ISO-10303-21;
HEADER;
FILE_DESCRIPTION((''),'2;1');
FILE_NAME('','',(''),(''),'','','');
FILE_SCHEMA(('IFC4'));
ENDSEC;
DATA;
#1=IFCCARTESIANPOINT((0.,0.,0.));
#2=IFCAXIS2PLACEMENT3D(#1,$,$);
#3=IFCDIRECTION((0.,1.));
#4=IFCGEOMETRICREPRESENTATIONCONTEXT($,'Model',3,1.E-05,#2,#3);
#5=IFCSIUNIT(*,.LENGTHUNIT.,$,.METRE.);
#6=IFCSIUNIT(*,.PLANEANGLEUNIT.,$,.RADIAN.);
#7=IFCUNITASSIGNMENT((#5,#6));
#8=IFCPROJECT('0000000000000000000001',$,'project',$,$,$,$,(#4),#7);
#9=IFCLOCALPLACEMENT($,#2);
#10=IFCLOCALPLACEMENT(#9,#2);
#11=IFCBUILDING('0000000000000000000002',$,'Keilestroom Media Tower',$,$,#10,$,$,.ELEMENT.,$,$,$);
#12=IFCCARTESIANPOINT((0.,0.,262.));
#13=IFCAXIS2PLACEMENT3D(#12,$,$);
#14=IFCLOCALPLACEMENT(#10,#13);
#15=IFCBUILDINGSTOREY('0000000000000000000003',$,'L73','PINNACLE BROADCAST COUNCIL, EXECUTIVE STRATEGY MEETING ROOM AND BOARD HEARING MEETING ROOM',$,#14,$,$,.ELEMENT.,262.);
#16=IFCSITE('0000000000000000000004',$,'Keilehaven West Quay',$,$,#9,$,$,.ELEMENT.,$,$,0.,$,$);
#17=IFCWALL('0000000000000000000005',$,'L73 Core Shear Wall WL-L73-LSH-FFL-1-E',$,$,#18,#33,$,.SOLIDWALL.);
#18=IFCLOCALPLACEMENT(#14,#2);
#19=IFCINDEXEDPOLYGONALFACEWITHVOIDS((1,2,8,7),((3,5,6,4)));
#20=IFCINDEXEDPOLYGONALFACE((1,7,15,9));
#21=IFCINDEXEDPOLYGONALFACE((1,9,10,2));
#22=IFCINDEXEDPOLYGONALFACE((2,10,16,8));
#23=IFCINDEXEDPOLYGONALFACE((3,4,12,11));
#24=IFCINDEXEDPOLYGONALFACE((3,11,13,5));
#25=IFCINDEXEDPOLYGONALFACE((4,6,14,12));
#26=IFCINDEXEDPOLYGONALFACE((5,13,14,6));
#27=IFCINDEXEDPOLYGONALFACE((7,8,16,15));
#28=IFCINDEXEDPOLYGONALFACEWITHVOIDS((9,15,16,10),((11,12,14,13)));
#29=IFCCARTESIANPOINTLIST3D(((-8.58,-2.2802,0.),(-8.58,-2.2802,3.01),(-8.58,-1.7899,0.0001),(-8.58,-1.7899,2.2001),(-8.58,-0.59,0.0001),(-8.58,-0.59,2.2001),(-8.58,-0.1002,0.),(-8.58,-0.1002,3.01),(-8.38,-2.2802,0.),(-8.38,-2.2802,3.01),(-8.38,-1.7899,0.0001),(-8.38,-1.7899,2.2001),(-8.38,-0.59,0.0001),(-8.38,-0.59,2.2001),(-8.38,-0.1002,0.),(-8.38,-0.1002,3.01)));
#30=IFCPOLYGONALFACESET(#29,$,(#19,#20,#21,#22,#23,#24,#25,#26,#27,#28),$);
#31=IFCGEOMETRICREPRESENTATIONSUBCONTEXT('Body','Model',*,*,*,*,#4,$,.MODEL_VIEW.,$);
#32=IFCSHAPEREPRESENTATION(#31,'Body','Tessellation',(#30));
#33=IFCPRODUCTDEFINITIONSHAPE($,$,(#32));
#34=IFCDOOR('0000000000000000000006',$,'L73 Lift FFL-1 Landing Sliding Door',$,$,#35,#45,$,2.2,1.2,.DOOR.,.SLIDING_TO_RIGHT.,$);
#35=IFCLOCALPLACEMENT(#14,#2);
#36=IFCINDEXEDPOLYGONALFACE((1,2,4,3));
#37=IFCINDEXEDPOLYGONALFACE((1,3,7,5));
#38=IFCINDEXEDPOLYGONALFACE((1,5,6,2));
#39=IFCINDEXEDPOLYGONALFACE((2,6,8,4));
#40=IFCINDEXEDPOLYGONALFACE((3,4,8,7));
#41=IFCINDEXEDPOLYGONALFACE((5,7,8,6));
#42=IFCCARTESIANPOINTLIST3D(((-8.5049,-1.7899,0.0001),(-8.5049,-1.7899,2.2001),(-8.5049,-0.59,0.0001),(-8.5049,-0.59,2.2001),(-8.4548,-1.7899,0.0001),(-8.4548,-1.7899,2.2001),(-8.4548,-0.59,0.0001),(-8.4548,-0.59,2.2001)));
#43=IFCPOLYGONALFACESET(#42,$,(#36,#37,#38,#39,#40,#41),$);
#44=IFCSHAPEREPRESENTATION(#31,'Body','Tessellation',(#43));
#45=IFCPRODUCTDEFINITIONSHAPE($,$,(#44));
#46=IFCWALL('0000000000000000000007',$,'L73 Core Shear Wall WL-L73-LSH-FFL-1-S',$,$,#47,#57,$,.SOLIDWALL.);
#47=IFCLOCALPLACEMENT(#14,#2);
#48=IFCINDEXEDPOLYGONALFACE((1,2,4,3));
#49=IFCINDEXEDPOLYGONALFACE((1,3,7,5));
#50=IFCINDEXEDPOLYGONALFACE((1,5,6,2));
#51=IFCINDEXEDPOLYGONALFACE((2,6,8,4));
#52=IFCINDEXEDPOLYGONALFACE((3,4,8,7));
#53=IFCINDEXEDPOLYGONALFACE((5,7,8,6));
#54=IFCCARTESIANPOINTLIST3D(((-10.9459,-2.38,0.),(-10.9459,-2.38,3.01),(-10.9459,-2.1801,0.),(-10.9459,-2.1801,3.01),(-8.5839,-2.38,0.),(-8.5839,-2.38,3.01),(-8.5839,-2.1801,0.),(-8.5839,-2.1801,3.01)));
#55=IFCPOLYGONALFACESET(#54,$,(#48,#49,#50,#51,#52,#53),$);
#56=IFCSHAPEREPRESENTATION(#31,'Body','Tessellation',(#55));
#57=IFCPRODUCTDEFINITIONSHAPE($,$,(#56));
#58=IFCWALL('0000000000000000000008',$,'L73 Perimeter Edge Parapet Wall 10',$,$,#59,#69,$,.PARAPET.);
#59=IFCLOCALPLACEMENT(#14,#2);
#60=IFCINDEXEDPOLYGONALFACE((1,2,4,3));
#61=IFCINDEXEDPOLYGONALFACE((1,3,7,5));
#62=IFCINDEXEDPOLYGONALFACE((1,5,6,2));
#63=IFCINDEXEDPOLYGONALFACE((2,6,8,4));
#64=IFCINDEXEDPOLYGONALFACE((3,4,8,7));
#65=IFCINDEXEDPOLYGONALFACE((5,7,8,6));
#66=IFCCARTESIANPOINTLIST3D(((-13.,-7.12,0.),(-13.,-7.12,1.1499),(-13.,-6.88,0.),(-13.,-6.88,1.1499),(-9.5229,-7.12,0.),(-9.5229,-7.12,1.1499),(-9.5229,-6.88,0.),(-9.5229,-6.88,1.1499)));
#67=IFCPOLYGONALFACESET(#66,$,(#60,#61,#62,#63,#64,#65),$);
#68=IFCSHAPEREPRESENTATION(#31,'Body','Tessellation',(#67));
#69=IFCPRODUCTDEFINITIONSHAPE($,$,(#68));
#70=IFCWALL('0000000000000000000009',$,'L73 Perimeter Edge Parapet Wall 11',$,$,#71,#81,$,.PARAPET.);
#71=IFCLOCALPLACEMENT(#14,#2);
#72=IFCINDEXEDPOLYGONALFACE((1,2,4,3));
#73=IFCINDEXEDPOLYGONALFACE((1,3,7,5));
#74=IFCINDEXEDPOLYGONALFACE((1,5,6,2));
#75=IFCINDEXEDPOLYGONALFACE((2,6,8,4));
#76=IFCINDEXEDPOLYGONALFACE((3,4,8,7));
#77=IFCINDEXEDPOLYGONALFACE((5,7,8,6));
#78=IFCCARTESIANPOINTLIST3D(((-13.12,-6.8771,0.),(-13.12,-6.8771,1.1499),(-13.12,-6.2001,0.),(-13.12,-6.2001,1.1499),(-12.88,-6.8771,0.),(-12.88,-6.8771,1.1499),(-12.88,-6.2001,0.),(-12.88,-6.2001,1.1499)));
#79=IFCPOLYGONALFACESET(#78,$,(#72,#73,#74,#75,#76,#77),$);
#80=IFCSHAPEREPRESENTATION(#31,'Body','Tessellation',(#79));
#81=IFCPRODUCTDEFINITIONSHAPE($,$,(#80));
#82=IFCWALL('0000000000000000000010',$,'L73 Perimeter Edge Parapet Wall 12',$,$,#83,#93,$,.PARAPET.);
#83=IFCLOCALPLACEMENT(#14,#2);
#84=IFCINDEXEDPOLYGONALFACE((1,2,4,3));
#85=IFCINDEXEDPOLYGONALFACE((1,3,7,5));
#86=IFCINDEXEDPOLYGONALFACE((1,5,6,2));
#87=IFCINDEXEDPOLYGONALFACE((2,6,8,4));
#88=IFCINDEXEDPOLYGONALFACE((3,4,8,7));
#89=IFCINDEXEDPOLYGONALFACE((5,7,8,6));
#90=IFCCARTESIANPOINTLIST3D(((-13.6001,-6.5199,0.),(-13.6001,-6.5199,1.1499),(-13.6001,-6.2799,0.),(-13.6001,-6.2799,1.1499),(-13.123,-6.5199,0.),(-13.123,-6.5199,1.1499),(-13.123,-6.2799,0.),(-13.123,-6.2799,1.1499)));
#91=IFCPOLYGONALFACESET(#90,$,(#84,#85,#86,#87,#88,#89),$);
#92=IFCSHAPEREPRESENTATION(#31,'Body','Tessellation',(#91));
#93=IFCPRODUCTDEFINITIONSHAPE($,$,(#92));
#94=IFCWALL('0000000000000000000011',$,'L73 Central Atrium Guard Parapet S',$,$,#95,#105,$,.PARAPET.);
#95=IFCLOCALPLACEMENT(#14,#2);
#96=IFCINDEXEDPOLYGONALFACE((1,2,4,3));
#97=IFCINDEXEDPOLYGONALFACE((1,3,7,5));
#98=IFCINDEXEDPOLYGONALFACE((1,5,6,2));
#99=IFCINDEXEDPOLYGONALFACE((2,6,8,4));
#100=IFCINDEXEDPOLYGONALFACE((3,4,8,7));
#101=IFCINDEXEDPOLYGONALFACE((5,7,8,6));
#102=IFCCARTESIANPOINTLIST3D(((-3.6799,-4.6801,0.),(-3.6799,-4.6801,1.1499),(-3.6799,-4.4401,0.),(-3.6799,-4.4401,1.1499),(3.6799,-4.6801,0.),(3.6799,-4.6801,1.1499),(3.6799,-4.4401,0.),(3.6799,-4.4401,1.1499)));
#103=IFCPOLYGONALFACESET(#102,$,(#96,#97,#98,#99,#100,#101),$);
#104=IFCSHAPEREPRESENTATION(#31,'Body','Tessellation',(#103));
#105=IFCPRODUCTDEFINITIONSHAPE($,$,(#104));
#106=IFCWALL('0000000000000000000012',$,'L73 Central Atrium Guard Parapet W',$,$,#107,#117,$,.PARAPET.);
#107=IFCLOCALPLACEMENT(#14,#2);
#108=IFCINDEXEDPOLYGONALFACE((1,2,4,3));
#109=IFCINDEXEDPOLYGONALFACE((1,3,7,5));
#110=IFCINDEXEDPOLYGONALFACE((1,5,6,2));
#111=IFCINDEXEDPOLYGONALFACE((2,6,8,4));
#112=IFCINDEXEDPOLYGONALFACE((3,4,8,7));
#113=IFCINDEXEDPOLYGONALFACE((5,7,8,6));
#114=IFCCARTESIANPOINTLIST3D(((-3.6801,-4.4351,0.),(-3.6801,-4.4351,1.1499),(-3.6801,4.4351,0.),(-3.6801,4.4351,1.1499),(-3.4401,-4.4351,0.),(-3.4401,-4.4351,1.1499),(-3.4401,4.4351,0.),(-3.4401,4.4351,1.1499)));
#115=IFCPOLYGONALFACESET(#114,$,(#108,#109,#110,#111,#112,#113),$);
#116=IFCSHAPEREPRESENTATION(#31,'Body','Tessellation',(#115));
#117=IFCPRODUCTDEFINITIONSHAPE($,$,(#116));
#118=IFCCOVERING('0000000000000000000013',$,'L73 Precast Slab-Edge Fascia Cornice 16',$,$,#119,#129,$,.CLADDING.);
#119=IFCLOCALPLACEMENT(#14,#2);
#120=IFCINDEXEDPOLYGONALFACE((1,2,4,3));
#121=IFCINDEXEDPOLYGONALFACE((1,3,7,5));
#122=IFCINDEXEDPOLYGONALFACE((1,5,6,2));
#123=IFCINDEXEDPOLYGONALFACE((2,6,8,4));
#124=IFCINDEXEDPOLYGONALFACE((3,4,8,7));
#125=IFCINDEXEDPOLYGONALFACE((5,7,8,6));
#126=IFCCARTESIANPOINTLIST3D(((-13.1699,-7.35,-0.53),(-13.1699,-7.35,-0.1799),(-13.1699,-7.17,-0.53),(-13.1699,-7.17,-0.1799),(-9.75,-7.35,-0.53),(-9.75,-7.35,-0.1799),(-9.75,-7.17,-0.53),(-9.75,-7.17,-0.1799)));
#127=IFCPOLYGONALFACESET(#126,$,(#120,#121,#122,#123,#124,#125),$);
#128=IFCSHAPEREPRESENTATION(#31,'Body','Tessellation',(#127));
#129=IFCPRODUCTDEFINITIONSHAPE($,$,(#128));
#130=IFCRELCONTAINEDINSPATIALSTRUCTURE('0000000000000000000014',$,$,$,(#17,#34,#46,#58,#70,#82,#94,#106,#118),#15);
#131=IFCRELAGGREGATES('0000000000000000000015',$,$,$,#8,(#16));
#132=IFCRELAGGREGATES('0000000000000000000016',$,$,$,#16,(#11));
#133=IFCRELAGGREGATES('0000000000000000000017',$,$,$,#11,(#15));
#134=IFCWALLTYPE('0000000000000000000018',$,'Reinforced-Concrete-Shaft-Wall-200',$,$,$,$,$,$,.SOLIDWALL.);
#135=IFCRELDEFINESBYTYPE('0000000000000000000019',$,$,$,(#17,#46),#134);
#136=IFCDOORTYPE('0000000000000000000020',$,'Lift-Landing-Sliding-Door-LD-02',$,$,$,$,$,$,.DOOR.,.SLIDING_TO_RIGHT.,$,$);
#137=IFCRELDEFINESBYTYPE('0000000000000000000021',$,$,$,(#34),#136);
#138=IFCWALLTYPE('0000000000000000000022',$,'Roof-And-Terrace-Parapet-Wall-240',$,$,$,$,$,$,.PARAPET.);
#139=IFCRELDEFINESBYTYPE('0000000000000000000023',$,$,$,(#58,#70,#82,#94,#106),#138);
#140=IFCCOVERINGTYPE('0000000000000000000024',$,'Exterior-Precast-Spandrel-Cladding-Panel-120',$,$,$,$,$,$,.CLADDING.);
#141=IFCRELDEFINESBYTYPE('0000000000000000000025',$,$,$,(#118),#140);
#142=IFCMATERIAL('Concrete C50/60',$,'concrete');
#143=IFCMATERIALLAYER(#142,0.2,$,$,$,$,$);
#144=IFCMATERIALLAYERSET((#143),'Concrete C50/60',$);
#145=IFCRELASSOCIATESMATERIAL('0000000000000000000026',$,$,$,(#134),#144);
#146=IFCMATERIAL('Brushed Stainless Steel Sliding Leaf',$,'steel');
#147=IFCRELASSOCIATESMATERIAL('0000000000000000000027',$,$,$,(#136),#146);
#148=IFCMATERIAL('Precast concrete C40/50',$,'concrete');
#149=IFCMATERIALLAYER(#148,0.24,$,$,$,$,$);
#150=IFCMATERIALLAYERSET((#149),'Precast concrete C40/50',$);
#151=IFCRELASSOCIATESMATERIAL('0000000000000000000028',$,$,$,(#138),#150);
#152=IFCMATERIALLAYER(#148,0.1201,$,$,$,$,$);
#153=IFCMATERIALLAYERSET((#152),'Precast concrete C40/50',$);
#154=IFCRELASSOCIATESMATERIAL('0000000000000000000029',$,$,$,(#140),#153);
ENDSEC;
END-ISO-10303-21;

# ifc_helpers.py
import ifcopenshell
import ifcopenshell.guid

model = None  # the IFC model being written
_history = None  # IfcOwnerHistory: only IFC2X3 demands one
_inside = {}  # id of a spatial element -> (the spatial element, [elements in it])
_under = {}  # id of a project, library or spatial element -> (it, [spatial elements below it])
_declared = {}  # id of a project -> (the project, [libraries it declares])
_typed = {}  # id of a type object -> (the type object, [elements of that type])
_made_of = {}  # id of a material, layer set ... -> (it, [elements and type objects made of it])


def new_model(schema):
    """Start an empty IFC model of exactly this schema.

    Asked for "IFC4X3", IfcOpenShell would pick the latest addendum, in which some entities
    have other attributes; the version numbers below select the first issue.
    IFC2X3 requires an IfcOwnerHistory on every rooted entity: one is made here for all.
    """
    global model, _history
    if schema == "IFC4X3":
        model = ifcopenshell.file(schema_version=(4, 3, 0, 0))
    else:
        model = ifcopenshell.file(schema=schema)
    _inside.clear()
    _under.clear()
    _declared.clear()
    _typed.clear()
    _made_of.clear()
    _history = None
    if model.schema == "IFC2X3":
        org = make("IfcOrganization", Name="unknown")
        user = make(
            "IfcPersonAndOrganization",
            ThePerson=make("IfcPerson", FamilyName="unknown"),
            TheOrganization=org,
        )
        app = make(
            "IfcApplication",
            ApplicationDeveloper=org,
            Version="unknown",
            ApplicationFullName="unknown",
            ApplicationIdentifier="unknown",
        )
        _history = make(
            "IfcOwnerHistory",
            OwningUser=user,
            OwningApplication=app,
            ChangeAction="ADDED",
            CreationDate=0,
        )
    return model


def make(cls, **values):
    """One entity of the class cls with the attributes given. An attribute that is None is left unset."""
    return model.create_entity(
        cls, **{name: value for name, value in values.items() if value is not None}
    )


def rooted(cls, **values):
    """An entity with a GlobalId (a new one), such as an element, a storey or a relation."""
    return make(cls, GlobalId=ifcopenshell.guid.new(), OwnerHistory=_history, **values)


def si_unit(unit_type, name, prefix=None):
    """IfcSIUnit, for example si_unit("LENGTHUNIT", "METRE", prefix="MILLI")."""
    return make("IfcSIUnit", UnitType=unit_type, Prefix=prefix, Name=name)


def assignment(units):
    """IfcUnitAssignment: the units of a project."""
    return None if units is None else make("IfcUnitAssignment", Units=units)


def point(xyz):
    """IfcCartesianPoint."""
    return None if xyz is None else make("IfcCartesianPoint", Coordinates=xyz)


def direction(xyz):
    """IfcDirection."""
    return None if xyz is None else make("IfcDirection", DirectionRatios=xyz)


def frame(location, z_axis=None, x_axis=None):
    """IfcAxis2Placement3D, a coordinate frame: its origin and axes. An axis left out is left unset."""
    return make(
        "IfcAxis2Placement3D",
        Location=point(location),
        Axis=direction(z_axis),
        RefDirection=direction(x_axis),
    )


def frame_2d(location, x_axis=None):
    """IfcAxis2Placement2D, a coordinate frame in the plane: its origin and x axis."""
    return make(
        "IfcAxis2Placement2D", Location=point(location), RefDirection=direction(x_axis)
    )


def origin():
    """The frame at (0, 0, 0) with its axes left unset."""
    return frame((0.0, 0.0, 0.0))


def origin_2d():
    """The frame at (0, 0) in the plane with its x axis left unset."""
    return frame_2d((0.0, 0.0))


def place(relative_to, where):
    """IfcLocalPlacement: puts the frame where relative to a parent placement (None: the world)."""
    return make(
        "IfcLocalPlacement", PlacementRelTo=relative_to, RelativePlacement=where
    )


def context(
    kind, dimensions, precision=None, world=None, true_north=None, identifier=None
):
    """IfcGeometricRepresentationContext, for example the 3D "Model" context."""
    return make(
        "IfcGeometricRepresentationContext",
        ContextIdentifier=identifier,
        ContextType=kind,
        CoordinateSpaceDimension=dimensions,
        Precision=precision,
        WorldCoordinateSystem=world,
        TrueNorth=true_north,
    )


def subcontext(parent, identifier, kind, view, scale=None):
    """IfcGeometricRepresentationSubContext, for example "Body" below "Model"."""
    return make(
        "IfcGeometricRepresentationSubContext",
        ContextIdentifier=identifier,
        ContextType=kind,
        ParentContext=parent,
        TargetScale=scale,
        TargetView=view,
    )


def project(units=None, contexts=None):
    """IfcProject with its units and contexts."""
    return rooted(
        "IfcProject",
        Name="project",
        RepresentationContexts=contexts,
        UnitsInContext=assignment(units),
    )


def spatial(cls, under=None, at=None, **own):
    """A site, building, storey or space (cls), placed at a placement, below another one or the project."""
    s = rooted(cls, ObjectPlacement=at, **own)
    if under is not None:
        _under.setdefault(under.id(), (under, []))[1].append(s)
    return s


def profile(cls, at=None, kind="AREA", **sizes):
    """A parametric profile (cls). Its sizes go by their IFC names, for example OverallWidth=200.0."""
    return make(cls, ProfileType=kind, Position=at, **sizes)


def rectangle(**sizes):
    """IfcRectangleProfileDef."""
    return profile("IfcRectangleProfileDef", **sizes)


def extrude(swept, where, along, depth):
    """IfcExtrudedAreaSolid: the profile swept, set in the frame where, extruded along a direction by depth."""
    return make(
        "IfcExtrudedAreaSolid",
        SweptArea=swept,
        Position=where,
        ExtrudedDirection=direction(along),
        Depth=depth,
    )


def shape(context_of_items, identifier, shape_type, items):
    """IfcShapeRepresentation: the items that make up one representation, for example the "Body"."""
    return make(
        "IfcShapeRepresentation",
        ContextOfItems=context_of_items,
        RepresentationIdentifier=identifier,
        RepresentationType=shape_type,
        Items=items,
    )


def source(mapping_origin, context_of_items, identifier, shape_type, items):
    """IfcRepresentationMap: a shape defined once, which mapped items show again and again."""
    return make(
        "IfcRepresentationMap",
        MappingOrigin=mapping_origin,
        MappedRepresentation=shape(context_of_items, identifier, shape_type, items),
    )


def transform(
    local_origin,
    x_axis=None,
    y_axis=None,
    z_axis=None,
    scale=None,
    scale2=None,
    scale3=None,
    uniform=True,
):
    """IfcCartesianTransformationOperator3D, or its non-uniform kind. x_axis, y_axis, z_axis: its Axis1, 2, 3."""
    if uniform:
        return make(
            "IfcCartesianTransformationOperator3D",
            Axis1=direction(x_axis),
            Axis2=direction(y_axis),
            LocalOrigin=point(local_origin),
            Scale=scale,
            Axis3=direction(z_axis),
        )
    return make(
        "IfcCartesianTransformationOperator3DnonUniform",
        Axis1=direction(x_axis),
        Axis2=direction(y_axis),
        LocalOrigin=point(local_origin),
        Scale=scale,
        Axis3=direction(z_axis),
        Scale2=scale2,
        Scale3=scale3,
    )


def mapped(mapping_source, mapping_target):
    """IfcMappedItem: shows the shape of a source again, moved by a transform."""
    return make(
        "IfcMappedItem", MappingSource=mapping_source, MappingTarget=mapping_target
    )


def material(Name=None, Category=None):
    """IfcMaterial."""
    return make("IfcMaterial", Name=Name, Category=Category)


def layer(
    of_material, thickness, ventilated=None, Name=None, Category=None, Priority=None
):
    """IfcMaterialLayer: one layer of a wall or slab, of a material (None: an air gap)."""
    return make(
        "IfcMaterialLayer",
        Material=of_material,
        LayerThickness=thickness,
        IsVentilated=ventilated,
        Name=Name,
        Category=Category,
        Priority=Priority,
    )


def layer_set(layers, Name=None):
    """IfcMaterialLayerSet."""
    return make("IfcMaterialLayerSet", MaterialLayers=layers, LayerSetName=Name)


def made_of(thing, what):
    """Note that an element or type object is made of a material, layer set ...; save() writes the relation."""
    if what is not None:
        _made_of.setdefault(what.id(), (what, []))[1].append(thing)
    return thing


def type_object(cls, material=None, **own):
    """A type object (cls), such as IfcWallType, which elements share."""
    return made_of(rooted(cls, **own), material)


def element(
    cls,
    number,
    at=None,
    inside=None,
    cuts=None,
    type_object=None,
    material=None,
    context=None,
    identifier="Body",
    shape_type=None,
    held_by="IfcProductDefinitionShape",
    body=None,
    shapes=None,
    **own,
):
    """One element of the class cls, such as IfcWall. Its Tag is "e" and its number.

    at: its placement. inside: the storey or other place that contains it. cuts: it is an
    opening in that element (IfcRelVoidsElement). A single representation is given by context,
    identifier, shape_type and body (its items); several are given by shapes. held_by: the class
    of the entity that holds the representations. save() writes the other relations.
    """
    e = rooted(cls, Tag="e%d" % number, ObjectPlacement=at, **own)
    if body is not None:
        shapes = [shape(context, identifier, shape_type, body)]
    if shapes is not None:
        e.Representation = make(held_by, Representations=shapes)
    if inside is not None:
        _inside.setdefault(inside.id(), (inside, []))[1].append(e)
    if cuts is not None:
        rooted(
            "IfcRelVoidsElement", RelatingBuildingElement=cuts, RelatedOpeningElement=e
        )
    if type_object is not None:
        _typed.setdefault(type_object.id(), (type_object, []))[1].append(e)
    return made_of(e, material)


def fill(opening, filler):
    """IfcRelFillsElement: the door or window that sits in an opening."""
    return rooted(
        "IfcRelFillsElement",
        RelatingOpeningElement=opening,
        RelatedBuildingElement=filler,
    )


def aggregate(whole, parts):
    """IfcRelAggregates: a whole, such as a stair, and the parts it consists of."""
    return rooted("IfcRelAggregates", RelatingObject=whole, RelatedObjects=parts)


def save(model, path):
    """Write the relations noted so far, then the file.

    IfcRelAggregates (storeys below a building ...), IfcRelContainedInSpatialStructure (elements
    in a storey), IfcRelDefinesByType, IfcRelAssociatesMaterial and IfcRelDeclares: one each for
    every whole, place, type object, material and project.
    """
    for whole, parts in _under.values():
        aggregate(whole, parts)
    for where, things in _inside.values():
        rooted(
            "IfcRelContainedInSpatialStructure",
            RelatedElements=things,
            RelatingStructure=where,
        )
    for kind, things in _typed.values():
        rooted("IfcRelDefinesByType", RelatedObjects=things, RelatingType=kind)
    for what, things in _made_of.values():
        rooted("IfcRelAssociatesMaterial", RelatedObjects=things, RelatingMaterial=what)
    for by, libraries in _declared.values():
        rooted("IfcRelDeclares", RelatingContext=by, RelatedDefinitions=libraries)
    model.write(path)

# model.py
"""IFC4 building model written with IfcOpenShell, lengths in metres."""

from ifc_helpers import new_model, si_unit, direction, frame, frame_2d, origin, origin_2d, place, context, subcontext, project, spatial, rectangle, extrude, source, transform, mapped, material, layer, layer_set, type_object, element, fill, save


model = new_model("IFC4")

# Units and contexts
model_context = context("Model", 3, precision=1e-05, world=origin(), true_north=direction((0.0, 1.0)))
body_context = subcontext(model_context, "Body", "Model", "MODEL_VIEW")
ifc_project = project(units=[si_unit("LENGTHUNIT", "METRE"), si_unit("PLANEANGLEUNIT", "RADIAN")], contexts=[model_context])

# Site, building, storey
site_placement = place(None, origin())
site = spatial("IfcSite", under=ifc_project, at=site_placement, Name="Keilehaven West Quay", CompositionType="ELEMENT", RefElevation=0.0)
building_placement = place(site_placement, origin())
building = spatial("IfcBuilding", under=site, at=building_placement, Name="Keilestroom Media Tower", CompositionType="ELEMENT")
storey_placement = place(building_placement, frame((0.0, 0.0, 262.0)))
storey = spatial("IfcBuildingStorey", under=building, at=storey_placement, Name="L73", Description="PINNACLE BROADCAST COUNCIL, EXECUTIVE STRATEGY MEETING ROOM AND BOARD HEARING MEETING ROOM", CompositionType="ELEMENT", Elevation=262.0)

# Shared definitions
ifc_material_1 = material(Name="Concrete C50/60", Category="concrete")

# Shared definitions
shared_shape_1 = source(origin(), body_context, "Body", "SweptSolid", [
    extrude(rectangle(XDim=1.2, YDim=2.2, at=frame_2d((0.6001, 1.1001))), frame((0.0, 0.0249, 0.0), z_axis=(0.0, -1.0, 0.0), x_axis=(1.0, 0.0, 0.0)), (0.0, 0.0, 1.0), 0.05),
])

# Shared definitions
ifc_layer_1 = layer(ifc_material_1, 0.2)
ifc_layer_set_1 = layer_set([ifc_layer_1], Name="Concrete C50/60")
wall_type_1 = type_object("IfcWallType", Name="Reinforced-Concrete-Shaft-Wall-200", PredefinedType="SOLIDWALL", material=ifc_layer_set_1)

# Wall, opening, door
wall_1_placement = place(storey_placement, frame((-8.48, -2.28, 0.0), z_axis=(0.0, 0.0, 1.0), x_axis=(0.0, 1.0, 0.0)))
wall_1 = element("IfcWall", 1, at=wall_1_placement, inside=storey, type_object=wall_type_1, Name="L73 Core Shear Wall WL-L73-LSH-FFL-1-E", PredefinedType="SOLIDWALL", context=body_context, shape_type="SweptSolid", body=[
    extrude(rectangle(XDim=2.1799, YDim=0.2, at=frame_2d((1.0898, 0.0))), origin(), (0.0, 0.0, 1.0), 3.01),
])
opening_1_placement = place(wall_1_placement, frame((0.49, 0.0, 0.0)))
opening_1 = element("IfcOpeningElement", 2, at=opening_1_placement, cuts=wall_1, PredefinedType="OPENING", context=body_context, shape_type="SweptSolid", body=[
    extrude(rectangle(XDim=1.2, YDim=2.2, at=frame_2d((0.6001, 1.1001))), frame((0.0, 0.1099, 0.0), z_axis=(0.0, -1.0, 0.0), x_axis=(1.0, 0.0, 0.0)), (0.0, 0.0, 1.0), 0.22),
])
ifc_material_2 = material(Name="Brushed Stainless Steel Sliding Leaf", Category="steel")
door_type_1 = type_object("IfcDoorType", Name="Lift-Landing-Sliding-Door-LD-02", OperationType="SLIDING_TO_RIGHT", PredefinedType="DOOR", material=ifc_material_2)
door_1_placement = place(opening_1_placement, origin())
door_1 = element("IfcDoor", 3, at=door_1_placement, inside=storey, type_object=door_type_1, Name="L73 Lift FFL-1 Landing Sliding Door", OperationType="SLIDING_TO_RIGHT", OverallHeight=2.2, OverallWidth=1.2, PredefinedType="DOOR", context=body_context, shape_type="MappedRepresentation", body=[
    mapped(shared_shape_1, transform((0.0, 0.0, 0.0), x_axis=(1.0, 0.0, 0.0), y_axis=(0.0, 1.0, 0.0), z_axis=(0.0, 0.0, 1.0), scale=1.0)),
])
fill(opening_1, door_1)

# Walls
wall_2_placement = place(storey_placement, frame((-10.946, -2.28, 0.0), z_axis=(0.0, 0.0, 1.0), x_axis=(1.0, 0.0, 0.0)))
element("IfcWall", 4, at=wall_2_placement, inside=storey, type_object=wall_type_1, Name="L73 Core Shear Wall WL-L73-LSH-FFL-1-S", PredefinedType="SOLIDWALL", context=body_context, shape_type="SweptSolid", body=[
    extrude(rectangle(XDim=2.3621, YDim=0.2, at=frame_2d((1.1812, 0.0))), origin(), (0.0, 0.0, 1.0), 3.01),
])
ifc_material_3 = material(Name="Precast concrete C40/50", Category="concrete")
ifc_layer_2 = layer(ifc_material_3, 0.24)
ifc_layer_set_2 = layer_set([ifc_layer_2], Name="Precast concrete C40/50")
wall_type_2 = type_object("IfcWallType", Name="Roof-And-Terrace-Parapet-Wall-240", PredefinedType="PARAPET", material=ifc_layer_set_2)
wall_3_placement = place(storey_placement, frame((-9.5229, -7.0, 0.0), z_axis=(0.0, 0.0, 1.0), x_axis=(-1.0, 0.0, 0.0)))
element("IfcWall", 5, at=wall_3_placement, inside=storey, type_object=wall_type_2, Name="L73 Perimeter Edge Parapet Wall 10", PredefinedType="PARAPET", context=body_context, shape_type="SweptSolid", body=[
    extrude(rectangle(XDim=3.4771, YDim=0.24, at=frame_2d((1.7385, 0.0))), origin(), (0.0, 0.0, 1.0), 1.1499),
])
wall_4_placement = place(storey_placement, frame((-13.0, -6.877, 0.0), z_axis=(0.0, 0.0, 1.0), x_axis=(0.0, 1.0, 0.0)))
element("IfcWall", 6, at=wall_4_placement, inside=storey, type_object=wall_type_2, Name="L73 Perimeter Edge Parapet Wall 11", PredefinedType="PARAPET", context=body_context, shape_type="SweptSolid", body=[
    extrude(rectangle(XDim=0.677, YDim=0.24, at=frame_2d((0.3384, 0.0))), origin(), (0.0, 0.0, 1.0), 1.1499),
])
wall_5_placement = place(storey_placement, frame((-13.123, -6.3999, 0.0), z_axis=(0.0, 0.0, 1.0), x_axis=(-1.0, 0.0, 0.0)))
element("IfcWall", 7, at=wall_5_placement, inside=storey, type_object=wall_type_2, Name="L73 Perimeter Edge Parapet Wall 12", PredefinedType="PARAPET", context=body_context, shape_type="SweptSolid", body=[
    extrude(rectangle(XDim=0.4771, YDim=0.24, at=frame_2d((0.2385, 0.0))), origin(), (0.0, 0.0, 1.0), 1.1499),
])
wall_6_placement = place(storey_placement, frame((-3.6799, -4.5601, 0.0), z_axis=(0.0, 0.0, 1.0), x_axis=(1.0, 0.0, 0.0)))
element("IfcWall", 8, at=wall_6_placement, inside=storey, type_object=wall_type_2, Name="L73 Central Atrium Guard Parapet S", PredefinedType="PARAPET", context=body_context, shape_type="SweptSolid", body=[
    extrude(rectangle(XDim=7.3599, YDim=0.24, at=frame_2d((3.6799, 0.0))), origin(), (0.0, 0.0, 1.0), 1.1499),
])
wall_7_placement = place(storey_placement, frame((-3.5601, -4.4351, 0.0), z_axis=(0.0, 0.0, 1.0), x_axis=(0.0, 1.0, 0.0)))
element("IfcWall", 9, at=wall_7_placement, inside=storey, type_object=wall_type_2, Name="L73 Central Atrium Guard Parapet W", PredefinedType="PARAPET", context=body_context, shape_type="SweptSolid", body=[
    extrude(rectangle(XDim=8.8701, YDim=0.24, at=frame_2d((4.4351, 0.0))), origin(), (0.0, 0.0, 1.0), 1.1499),
])

# Covering
ifc_layer_3 = layer(ifc_material_3, 0.1201)
ifc_layer_set_3 = layer_set([ifc_layer_3], Name="Precast concrete C40/50")
covering_type = type_object("IfcCoveringType", Name="Exterior-Precast-Spandrel-Cladding-Panel-120", PredefinedType="CLADDING", material=ifc_layer_set_3)
shared_shape_2 = source(origin(), body_context, "Body", "SweptSolid", [
    extrude(rectangle(XDim=3.4199, YDim=0.1799, at=origin_2d()), origin(), (0.0, 0.0, 1.0), 0.3501),
])
covering_placement = place(storey_placement, frame((-11.46, -7.26, -0.53), z_axis=(0.0, 0.0, 1.0), x_axis=(-1.0, 0.0, 0.0)))
element("IfcCovering", 10, at=covering_placement, inside=storey, type_object=covering_type, Name="L73 Precast Slab-Edge Fascia Cornice 16", PredefinedType="CLADDING", context=body_context, shape_type="MappedRepresentation", body=[
    mapped(shared_shape_2, transform((0.0, 0.0, 0.0), x_axis=(1.0, 0.0, 0.0), y_axis=(0.0, 1.0, 0.0), z_axis=(0.0, 0.0, 1.0), scale=1.0)),
])

save(model, "model.ifc")
